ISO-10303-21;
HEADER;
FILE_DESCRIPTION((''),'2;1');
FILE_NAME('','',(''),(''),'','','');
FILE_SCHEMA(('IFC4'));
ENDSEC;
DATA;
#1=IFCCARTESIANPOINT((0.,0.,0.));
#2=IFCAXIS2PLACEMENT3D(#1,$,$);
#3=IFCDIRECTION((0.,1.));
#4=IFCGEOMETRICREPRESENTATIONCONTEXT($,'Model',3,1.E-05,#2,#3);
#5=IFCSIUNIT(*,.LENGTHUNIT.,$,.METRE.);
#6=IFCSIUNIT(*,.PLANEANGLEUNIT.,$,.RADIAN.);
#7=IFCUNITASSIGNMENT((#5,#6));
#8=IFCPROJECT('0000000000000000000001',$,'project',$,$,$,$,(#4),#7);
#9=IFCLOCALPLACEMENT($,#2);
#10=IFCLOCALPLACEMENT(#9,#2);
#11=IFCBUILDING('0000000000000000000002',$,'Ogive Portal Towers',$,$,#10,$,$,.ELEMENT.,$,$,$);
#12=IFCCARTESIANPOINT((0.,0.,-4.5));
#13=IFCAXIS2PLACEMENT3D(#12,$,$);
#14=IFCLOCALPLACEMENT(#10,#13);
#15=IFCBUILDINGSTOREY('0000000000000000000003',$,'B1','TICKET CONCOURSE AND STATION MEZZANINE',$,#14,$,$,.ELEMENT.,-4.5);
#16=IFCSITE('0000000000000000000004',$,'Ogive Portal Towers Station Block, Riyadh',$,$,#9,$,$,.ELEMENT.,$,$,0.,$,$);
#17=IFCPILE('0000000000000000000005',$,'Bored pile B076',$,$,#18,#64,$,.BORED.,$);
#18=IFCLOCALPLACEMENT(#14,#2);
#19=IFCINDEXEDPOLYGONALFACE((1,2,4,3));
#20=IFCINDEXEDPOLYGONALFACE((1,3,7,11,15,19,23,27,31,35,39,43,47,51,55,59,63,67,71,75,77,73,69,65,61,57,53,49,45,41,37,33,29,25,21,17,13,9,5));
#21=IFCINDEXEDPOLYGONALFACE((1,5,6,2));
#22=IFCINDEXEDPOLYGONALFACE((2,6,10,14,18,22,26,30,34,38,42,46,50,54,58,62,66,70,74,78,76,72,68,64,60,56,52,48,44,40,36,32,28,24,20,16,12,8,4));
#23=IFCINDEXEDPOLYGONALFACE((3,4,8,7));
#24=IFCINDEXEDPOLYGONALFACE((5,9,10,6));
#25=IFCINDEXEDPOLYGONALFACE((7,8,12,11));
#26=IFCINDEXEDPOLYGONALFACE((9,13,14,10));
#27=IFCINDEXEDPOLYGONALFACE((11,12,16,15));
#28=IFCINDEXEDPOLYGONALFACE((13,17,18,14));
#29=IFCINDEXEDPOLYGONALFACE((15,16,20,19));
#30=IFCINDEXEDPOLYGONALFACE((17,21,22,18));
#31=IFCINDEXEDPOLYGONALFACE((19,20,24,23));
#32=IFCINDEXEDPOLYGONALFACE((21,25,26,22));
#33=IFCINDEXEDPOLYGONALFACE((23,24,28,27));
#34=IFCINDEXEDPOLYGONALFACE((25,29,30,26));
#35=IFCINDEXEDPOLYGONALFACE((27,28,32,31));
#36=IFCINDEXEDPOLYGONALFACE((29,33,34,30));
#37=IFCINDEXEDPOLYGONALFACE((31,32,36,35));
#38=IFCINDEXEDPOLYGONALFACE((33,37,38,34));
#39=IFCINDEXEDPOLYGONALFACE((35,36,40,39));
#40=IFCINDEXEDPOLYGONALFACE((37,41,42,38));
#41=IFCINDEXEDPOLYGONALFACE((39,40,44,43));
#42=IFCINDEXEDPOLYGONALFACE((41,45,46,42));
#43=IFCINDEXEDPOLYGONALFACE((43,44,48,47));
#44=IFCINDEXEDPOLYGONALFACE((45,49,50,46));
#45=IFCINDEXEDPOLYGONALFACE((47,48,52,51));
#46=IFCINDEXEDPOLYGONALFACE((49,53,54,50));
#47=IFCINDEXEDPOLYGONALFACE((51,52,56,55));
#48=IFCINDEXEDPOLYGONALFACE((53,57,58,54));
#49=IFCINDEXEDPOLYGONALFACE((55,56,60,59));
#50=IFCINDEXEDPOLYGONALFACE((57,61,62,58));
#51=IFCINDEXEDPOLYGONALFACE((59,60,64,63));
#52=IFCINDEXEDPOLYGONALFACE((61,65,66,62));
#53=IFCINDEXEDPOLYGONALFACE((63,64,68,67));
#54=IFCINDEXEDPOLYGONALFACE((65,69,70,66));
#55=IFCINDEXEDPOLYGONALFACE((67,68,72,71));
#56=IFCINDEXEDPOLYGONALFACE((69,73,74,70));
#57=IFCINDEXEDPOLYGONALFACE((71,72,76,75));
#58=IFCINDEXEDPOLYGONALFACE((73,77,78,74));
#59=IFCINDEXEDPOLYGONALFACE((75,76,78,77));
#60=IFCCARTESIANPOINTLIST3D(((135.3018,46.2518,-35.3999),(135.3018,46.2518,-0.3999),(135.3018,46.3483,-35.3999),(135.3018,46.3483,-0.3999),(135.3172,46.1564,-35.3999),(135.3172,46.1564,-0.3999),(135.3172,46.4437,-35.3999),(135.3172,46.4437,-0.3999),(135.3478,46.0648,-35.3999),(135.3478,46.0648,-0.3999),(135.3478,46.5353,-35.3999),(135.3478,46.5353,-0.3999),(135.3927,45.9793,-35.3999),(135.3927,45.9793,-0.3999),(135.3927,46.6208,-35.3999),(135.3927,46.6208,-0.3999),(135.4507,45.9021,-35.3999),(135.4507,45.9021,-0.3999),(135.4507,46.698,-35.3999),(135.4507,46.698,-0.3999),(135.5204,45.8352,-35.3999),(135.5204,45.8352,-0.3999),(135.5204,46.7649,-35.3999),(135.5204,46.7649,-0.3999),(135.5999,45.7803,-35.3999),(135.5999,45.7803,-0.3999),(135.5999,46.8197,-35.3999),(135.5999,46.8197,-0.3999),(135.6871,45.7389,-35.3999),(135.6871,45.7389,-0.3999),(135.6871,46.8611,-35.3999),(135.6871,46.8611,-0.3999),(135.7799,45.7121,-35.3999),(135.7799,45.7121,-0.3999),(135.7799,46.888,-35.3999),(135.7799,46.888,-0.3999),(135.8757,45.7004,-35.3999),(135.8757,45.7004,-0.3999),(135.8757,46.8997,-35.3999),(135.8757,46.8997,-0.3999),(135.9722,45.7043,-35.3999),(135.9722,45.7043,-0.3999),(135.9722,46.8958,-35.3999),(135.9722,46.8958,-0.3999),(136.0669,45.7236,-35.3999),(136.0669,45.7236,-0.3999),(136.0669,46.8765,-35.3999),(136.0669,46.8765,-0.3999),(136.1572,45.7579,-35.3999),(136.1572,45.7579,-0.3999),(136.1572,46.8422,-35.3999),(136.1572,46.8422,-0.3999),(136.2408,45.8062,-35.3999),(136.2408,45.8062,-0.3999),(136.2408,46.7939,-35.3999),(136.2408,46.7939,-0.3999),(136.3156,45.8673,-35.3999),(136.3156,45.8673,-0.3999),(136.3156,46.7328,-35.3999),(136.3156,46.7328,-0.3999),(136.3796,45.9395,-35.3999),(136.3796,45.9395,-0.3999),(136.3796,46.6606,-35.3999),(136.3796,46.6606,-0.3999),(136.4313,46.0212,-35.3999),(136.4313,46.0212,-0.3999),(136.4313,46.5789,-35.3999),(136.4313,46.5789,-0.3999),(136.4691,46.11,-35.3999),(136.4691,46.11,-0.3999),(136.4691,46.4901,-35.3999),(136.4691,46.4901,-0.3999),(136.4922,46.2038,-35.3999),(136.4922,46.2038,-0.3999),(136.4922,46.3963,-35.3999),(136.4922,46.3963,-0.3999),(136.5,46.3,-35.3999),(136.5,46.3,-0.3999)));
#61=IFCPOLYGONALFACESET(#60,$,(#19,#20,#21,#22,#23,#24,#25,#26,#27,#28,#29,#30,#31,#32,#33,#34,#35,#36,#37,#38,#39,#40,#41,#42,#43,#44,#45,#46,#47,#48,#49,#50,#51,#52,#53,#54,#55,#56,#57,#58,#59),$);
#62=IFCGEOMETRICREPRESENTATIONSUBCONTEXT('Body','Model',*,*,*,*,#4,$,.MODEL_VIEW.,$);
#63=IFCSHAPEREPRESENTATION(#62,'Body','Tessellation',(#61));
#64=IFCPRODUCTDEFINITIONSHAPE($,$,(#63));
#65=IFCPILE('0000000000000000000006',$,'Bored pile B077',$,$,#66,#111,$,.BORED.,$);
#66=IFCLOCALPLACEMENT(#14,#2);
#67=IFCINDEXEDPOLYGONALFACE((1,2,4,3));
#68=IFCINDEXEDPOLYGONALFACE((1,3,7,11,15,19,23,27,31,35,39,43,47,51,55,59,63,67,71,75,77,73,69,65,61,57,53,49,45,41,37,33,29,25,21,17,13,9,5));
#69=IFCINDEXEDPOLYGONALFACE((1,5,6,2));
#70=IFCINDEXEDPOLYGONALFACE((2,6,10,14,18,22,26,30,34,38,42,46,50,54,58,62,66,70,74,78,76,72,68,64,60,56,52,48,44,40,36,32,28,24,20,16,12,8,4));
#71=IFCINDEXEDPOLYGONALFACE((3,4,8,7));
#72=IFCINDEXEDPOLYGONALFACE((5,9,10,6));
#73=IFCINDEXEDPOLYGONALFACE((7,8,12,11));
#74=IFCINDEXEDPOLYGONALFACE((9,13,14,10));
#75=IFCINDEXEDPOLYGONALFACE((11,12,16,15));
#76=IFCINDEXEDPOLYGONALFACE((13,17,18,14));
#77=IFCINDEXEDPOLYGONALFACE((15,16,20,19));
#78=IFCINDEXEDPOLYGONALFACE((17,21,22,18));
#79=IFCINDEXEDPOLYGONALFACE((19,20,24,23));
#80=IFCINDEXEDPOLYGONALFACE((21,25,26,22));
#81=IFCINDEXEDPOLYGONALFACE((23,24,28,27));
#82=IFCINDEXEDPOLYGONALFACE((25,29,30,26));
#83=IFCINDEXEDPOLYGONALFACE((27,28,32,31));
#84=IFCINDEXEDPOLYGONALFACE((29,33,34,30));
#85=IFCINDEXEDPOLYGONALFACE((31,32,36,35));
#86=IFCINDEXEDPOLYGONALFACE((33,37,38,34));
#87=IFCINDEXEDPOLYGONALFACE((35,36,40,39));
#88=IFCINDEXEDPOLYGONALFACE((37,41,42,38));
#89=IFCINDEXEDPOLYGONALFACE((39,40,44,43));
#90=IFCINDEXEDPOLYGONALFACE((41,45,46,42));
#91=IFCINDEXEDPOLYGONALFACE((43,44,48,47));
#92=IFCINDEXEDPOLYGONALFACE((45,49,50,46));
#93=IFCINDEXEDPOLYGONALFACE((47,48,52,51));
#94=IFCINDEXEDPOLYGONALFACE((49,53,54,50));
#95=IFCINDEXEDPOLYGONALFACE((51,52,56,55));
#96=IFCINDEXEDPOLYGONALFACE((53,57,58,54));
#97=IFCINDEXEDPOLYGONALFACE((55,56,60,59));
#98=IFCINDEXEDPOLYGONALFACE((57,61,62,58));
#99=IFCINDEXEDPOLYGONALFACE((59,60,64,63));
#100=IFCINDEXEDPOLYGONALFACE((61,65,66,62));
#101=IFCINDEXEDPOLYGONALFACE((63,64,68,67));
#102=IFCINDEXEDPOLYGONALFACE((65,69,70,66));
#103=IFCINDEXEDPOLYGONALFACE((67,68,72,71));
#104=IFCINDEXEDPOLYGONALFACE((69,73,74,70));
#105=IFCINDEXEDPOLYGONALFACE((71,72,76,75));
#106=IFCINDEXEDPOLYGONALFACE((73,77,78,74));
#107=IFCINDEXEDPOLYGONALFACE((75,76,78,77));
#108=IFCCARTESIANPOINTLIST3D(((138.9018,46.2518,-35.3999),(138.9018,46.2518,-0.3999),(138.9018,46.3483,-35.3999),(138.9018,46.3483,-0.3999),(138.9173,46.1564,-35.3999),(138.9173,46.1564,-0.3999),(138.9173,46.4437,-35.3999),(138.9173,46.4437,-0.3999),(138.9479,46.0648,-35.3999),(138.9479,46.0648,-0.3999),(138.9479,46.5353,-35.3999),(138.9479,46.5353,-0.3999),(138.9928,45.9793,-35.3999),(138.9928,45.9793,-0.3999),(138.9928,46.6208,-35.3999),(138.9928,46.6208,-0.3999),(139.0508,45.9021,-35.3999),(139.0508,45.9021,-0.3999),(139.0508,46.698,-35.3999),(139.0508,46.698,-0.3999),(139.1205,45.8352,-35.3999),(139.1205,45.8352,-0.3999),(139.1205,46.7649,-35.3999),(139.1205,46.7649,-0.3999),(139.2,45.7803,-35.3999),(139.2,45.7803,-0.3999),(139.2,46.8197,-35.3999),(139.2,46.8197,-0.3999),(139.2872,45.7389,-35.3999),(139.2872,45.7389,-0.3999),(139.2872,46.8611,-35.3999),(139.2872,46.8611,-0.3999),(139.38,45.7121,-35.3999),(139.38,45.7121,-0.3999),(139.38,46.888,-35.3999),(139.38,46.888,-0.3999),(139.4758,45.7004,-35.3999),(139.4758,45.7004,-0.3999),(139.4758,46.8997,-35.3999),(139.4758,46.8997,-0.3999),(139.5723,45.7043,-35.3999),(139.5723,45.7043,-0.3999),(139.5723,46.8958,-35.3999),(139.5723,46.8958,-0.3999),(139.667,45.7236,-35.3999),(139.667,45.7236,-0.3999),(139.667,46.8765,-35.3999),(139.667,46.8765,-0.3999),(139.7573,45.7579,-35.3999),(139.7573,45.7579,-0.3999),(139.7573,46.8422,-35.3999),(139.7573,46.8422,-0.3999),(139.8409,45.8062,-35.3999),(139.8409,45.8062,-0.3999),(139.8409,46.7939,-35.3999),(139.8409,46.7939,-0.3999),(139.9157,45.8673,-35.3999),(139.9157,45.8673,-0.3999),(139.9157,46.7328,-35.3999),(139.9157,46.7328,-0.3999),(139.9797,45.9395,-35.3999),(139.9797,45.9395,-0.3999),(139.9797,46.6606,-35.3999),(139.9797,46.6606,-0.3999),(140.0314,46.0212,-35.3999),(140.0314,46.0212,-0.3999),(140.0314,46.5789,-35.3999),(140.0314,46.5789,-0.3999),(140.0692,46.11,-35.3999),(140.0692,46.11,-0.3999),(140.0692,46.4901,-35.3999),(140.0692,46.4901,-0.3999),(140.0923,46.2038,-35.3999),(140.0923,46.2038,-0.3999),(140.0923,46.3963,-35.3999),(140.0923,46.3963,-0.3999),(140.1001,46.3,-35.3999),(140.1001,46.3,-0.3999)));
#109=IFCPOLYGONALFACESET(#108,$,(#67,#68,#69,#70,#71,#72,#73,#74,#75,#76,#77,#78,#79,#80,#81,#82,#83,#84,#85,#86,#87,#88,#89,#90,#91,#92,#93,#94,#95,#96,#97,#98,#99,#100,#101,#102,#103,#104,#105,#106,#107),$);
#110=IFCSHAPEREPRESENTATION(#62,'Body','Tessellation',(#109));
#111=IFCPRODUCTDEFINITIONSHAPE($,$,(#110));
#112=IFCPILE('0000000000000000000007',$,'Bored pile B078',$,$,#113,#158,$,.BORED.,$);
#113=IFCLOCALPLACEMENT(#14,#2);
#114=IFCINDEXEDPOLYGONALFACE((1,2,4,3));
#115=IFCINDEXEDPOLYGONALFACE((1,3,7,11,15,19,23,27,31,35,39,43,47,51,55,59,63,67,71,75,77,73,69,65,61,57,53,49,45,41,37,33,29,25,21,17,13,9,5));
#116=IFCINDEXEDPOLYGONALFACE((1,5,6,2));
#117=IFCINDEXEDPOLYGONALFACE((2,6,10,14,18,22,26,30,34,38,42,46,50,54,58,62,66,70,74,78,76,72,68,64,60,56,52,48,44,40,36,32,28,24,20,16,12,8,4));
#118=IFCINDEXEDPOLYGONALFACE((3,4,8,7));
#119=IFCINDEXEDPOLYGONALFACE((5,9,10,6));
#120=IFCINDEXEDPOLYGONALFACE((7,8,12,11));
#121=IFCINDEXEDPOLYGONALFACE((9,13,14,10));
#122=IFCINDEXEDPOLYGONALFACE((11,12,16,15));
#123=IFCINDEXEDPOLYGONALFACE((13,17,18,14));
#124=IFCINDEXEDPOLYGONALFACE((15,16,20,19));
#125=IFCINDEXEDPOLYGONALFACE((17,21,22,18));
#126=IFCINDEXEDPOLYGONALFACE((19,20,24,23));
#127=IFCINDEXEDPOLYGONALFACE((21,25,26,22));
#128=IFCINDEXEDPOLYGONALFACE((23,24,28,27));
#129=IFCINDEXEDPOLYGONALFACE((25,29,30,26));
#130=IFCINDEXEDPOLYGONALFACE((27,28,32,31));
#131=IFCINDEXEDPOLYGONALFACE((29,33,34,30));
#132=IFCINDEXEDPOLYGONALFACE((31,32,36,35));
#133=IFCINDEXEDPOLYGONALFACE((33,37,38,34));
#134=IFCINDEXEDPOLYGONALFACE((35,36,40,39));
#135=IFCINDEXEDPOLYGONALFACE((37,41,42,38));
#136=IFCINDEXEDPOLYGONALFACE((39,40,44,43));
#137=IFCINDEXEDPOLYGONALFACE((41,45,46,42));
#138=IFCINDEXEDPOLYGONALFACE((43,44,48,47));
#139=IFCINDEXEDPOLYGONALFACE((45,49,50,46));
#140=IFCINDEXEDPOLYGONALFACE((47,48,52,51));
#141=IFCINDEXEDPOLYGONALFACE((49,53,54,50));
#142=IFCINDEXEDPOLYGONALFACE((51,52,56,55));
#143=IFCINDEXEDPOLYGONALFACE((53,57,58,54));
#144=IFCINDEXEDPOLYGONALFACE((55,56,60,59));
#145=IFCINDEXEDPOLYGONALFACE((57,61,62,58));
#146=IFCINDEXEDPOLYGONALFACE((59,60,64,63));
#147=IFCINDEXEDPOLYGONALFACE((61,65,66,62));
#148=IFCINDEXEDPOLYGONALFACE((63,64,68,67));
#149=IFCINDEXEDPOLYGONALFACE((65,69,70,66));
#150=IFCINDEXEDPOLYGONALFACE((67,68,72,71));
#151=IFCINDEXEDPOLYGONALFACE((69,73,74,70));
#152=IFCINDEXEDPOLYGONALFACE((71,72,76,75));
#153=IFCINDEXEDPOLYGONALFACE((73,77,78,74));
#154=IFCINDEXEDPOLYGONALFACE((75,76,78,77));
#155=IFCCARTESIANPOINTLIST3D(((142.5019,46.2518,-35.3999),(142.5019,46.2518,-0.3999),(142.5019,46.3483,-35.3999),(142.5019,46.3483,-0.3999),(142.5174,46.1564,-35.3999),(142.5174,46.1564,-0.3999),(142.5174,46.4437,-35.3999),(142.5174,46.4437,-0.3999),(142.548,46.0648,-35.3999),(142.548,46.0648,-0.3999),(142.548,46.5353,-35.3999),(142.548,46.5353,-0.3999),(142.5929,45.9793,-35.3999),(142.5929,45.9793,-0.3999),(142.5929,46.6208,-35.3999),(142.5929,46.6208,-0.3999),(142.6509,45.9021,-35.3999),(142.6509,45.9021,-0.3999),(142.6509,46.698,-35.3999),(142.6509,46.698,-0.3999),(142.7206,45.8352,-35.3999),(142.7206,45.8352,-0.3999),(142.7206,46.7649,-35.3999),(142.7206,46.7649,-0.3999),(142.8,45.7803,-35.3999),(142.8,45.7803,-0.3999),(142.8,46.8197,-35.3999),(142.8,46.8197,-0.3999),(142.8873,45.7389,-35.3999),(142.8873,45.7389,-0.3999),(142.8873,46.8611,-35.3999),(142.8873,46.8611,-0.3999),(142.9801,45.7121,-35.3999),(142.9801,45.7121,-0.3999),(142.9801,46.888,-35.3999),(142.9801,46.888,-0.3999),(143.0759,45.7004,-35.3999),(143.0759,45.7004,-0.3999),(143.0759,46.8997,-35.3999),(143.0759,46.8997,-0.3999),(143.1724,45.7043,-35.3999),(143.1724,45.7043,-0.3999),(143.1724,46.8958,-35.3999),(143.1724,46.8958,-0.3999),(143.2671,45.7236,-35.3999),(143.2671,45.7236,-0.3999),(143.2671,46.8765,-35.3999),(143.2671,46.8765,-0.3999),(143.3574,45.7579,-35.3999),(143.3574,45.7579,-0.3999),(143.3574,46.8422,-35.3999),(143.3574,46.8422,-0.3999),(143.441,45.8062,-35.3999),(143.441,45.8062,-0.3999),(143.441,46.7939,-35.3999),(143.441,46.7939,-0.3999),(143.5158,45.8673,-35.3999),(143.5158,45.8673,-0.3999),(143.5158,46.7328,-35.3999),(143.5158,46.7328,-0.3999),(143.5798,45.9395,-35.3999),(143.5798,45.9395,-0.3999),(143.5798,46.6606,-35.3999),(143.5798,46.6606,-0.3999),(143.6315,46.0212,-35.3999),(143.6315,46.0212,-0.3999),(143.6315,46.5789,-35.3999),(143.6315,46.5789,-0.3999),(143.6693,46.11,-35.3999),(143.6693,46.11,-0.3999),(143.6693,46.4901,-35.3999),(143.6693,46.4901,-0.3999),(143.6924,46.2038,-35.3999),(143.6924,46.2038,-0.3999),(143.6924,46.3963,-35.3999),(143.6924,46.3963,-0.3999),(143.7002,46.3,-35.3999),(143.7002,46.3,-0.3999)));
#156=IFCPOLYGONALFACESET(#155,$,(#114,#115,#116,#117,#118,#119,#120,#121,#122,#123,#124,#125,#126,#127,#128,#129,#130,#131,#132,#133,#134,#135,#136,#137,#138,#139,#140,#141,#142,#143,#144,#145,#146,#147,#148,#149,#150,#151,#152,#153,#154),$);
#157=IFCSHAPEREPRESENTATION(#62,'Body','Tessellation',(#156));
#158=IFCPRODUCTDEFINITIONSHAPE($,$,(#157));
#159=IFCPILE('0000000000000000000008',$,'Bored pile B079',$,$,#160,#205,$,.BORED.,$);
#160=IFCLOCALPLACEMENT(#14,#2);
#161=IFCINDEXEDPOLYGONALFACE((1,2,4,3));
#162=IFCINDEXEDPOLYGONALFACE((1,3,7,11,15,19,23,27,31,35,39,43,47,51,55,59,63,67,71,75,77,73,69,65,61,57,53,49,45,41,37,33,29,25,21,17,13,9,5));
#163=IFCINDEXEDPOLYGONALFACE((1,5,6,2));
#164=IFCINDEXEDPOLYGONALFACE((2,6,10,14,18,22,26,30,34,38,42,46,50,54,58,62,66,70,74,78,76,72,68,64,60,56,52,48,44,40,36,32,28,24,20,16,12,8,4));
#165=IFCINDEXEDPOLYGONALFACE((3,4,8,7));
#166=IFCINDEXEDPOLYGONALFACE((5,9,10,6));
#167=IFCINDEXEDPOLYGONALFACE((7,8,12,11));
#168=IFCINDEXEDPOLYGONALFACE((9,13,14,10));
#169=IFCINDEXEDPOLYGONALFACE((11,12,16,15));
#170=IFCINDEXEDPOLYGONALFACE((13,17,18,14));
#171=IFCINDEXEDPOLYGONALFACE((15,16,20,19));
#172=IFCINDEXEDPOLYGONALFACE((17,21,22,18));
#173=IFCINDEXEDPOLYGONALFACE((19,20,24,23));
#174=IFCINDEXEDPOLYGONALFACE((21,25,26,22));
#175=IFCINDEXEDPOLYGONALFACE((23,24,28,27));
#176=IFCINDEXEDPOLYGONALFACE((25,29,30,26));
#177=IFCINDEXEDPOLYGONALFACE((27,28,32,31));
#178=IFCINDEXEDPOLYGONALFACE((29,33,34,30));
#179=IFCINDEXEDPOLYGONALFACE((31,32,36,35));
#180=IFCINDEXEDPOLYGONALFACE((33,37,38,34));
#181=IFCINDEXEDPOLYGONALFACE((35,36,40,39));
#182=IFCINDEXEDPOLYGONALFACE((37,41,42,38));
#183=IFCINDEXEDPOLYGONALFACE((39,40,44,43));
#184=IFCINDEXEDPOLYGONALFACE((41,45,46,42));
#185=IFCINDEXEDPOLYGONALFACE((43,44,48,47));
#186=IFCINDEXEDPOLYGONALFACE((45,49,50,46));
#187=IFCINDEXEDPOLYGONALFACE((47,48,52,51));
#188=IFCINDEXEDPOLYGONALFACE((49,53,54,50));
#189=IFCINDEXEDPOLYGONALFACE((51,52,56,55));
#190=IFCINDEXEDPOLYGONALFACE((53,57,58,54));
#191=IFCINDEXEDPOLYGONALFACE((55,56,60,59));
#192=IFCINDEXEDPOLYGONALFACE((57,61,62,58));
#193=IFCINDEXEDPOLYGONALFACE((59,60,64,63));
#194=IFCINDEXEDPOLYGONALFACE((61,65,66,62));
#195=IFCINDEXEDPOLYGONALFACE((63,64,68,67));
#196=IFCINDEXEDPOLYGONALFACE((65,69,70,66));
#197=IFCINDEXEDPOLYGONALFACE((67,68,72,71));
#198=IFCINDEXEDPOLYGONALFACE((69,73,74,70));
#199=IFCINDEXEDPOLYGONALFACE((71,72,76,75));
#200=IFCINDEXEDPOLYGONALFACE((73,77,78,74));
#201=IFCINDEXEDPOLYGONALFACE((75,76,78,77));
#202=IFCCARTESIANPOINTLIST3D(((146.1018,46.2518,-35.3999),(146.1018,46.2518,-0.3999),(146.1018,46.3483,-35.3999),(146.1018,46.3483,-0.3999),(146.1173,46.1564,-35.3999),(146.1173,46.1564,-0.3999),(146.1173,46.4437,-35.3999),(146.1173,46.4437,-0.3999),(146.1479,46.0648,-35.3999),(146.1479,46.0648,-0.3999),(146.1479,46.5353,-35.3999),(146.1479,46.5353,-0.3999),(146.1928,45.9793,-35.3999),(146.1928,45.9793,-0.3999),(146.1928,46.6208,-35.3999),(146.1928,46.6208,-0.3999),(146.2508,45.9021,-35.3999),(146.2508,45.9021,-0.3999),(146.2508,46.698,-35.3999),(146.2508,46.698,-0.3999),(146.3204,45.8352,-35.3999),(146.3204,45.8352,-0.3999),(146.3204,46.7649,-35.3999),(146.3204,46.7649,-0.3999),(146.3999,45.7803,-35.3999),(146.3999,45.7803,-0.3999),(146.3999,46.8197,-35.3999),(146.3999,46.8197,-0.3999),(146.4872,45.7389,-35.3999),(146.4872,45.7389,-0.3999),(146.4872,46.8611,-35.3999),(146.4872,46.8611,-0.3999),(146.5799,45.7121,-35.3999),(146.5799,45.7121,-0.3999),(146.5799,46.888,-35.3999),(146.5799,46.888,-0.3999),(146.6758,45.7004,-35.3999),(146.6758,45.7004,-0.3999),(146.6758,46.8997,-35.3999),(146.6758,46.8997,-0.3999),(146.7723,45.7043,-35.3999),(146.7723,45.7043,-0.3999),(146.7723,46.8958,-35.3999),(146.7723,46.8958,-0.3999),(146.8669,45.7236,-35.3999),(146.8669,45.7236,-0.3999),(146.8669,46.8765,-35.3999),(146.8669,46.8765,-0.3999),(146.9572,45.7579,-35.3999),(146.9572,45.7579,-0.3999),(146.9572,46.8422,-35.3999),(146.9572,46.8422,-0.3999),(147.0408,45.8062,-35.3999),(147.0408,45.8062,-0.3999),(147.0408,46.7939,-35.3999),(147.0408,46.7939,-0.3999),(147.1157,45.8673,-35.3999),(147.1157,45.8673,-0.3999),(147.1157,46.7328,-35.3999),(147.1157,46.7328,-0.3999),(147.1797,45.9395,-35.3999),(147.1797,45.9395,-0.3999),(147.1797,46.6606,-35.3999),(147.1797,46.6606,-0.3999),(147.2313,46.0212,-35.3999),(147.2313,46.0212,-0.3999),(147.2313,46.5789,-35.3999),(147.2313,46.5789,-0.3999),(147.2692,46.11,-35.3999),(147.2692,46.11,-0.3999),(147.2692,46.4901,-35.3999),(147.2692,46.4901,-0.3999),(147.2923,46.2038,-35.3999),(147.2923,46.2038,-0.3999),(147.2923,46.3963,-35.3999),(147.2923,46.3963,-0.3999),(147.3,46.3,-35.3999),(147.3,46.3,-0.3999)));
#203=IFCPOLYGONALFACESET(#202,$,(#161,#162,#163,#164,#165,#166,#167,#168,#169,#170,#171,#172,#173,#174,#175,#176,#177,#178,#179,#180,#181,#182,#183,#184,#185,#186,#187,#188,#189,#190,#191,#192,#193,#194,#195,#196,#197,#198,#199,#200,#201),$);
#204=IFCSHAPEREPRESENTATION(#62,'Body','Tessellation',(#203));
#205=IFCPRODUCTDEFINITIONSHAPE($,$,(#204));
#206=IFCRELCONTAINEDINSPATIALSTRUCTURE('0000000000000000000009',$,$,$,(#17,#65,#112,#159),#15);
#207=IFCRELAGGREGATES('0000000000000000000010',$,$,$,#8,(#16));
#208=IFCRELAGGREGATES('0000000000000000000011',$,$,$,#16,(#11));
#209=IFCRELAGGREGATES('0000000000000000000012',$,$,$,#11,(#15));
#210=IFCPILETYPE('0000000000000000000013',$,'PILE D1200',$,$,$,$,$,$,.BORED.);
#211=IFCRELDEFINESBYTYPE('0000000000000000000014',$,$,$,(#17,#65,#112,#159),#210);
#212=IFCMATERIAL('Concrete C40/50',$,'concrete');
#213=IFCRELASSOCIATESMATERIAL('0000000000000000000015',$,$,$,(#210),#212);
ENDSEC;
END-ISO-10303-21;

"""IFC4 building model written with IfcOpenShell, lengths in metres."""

from ifc_helpers import new_model, si_unit, direction, frame, origin, origin_2d, place, context, subcontext, project, spatial, circle, extrude, material, material_profile, profile_set, type_object, element, save


model = new_model("IFC4")

# Units and contexts
model_context = context("Model", 3, precision=1e-05, world=origin(), true_north=direction((0.0, 1.0)))
body_context = subcontext(model_context, "Body", "Model", "MODEL_VIEW")
ifc_project = project(units=[si_unit("LENGTHUNIT", "METRE"), si_unit("PLANEANGLEUNIT", "RADIAN")], contexts=[model_context])

# Site, building, storey
site_placement = place(None, origin())
site = spatial("IfcSite", under=ifc_project, at=site_placement, Name="Ogive Portal Towers Station Block, Riyadh", CompositionType="ELEMENT", RefElevation=0.0)
building_placement = place(site_placement, origin())
building = spatial("IfcBuilding", under=site, at=building_placement, Name="Ogive Portal Towers", CompositionType="ELEMENT")
storey_placement = place(building_placement, frame((0.0, 0.0, -4.5)))
storey = spatial("IfcBuildingStorey", under=building, at=storey_placement, Name="B1", Description="TICKET CONCOURSE AND STATION MEZZANINE", CompositionType="ELEMENT", Elevation=-4.5)

# Piles
ifc_material_1 = material(Name="Concrete C40/50", Category="concrete")
ifc_material_profile_1 = material_profile(ifc_material_1, circle(Radius=0.6001, at=origin_2d()), Name="PILE D1200")
ifc_profile_set_1 = profile_set([ifc_material_profile_1], Name="Concrete C40/50")
pile_type = type_object("IfcPileType", Name="PILE D1200", PredefinedType="BORED", material=ifc_profile_set_1)
for number, where, z_axis, x_axis, name in (
    (1, (135.8999, 46.3, -0.3999), (0.0, 0.0, -1.0), (1.0, 0.0, 0.0), "Bored pile B076"),
    (2, (139.5, 46.3, -0.3999), (0.0, 0.0, -1.0), (1.0, 0.0, 0.0), "Bored pile B077"),
    (3, (143.1001, 46.3, -0.3999), (0.0, 0.0, -1.0), (1.0, 0.0, 0.0), "Bored pile B078"),
    (4, (146.7, 46.3, -0.3999), (0.0, 0.0, -1.0), (1.0, 0.0, 0.0), "Bored pile B079"),
):
    element("IfcPile", number, at=place(storey_placement, frame(where, z_axis=z_axis, x_axis=x_axis)), inside=storey, type_object=pile_type, Name=name, PredefinedType="BORED", context=body_context, shape_type="SweptSolid", body=[
        extrude(circle(Radius=0.6001, at=origin_2d()), origin(), (0.0, 0.0, 1.0), 35.0),
    ])

save(model, "model.ifc")
